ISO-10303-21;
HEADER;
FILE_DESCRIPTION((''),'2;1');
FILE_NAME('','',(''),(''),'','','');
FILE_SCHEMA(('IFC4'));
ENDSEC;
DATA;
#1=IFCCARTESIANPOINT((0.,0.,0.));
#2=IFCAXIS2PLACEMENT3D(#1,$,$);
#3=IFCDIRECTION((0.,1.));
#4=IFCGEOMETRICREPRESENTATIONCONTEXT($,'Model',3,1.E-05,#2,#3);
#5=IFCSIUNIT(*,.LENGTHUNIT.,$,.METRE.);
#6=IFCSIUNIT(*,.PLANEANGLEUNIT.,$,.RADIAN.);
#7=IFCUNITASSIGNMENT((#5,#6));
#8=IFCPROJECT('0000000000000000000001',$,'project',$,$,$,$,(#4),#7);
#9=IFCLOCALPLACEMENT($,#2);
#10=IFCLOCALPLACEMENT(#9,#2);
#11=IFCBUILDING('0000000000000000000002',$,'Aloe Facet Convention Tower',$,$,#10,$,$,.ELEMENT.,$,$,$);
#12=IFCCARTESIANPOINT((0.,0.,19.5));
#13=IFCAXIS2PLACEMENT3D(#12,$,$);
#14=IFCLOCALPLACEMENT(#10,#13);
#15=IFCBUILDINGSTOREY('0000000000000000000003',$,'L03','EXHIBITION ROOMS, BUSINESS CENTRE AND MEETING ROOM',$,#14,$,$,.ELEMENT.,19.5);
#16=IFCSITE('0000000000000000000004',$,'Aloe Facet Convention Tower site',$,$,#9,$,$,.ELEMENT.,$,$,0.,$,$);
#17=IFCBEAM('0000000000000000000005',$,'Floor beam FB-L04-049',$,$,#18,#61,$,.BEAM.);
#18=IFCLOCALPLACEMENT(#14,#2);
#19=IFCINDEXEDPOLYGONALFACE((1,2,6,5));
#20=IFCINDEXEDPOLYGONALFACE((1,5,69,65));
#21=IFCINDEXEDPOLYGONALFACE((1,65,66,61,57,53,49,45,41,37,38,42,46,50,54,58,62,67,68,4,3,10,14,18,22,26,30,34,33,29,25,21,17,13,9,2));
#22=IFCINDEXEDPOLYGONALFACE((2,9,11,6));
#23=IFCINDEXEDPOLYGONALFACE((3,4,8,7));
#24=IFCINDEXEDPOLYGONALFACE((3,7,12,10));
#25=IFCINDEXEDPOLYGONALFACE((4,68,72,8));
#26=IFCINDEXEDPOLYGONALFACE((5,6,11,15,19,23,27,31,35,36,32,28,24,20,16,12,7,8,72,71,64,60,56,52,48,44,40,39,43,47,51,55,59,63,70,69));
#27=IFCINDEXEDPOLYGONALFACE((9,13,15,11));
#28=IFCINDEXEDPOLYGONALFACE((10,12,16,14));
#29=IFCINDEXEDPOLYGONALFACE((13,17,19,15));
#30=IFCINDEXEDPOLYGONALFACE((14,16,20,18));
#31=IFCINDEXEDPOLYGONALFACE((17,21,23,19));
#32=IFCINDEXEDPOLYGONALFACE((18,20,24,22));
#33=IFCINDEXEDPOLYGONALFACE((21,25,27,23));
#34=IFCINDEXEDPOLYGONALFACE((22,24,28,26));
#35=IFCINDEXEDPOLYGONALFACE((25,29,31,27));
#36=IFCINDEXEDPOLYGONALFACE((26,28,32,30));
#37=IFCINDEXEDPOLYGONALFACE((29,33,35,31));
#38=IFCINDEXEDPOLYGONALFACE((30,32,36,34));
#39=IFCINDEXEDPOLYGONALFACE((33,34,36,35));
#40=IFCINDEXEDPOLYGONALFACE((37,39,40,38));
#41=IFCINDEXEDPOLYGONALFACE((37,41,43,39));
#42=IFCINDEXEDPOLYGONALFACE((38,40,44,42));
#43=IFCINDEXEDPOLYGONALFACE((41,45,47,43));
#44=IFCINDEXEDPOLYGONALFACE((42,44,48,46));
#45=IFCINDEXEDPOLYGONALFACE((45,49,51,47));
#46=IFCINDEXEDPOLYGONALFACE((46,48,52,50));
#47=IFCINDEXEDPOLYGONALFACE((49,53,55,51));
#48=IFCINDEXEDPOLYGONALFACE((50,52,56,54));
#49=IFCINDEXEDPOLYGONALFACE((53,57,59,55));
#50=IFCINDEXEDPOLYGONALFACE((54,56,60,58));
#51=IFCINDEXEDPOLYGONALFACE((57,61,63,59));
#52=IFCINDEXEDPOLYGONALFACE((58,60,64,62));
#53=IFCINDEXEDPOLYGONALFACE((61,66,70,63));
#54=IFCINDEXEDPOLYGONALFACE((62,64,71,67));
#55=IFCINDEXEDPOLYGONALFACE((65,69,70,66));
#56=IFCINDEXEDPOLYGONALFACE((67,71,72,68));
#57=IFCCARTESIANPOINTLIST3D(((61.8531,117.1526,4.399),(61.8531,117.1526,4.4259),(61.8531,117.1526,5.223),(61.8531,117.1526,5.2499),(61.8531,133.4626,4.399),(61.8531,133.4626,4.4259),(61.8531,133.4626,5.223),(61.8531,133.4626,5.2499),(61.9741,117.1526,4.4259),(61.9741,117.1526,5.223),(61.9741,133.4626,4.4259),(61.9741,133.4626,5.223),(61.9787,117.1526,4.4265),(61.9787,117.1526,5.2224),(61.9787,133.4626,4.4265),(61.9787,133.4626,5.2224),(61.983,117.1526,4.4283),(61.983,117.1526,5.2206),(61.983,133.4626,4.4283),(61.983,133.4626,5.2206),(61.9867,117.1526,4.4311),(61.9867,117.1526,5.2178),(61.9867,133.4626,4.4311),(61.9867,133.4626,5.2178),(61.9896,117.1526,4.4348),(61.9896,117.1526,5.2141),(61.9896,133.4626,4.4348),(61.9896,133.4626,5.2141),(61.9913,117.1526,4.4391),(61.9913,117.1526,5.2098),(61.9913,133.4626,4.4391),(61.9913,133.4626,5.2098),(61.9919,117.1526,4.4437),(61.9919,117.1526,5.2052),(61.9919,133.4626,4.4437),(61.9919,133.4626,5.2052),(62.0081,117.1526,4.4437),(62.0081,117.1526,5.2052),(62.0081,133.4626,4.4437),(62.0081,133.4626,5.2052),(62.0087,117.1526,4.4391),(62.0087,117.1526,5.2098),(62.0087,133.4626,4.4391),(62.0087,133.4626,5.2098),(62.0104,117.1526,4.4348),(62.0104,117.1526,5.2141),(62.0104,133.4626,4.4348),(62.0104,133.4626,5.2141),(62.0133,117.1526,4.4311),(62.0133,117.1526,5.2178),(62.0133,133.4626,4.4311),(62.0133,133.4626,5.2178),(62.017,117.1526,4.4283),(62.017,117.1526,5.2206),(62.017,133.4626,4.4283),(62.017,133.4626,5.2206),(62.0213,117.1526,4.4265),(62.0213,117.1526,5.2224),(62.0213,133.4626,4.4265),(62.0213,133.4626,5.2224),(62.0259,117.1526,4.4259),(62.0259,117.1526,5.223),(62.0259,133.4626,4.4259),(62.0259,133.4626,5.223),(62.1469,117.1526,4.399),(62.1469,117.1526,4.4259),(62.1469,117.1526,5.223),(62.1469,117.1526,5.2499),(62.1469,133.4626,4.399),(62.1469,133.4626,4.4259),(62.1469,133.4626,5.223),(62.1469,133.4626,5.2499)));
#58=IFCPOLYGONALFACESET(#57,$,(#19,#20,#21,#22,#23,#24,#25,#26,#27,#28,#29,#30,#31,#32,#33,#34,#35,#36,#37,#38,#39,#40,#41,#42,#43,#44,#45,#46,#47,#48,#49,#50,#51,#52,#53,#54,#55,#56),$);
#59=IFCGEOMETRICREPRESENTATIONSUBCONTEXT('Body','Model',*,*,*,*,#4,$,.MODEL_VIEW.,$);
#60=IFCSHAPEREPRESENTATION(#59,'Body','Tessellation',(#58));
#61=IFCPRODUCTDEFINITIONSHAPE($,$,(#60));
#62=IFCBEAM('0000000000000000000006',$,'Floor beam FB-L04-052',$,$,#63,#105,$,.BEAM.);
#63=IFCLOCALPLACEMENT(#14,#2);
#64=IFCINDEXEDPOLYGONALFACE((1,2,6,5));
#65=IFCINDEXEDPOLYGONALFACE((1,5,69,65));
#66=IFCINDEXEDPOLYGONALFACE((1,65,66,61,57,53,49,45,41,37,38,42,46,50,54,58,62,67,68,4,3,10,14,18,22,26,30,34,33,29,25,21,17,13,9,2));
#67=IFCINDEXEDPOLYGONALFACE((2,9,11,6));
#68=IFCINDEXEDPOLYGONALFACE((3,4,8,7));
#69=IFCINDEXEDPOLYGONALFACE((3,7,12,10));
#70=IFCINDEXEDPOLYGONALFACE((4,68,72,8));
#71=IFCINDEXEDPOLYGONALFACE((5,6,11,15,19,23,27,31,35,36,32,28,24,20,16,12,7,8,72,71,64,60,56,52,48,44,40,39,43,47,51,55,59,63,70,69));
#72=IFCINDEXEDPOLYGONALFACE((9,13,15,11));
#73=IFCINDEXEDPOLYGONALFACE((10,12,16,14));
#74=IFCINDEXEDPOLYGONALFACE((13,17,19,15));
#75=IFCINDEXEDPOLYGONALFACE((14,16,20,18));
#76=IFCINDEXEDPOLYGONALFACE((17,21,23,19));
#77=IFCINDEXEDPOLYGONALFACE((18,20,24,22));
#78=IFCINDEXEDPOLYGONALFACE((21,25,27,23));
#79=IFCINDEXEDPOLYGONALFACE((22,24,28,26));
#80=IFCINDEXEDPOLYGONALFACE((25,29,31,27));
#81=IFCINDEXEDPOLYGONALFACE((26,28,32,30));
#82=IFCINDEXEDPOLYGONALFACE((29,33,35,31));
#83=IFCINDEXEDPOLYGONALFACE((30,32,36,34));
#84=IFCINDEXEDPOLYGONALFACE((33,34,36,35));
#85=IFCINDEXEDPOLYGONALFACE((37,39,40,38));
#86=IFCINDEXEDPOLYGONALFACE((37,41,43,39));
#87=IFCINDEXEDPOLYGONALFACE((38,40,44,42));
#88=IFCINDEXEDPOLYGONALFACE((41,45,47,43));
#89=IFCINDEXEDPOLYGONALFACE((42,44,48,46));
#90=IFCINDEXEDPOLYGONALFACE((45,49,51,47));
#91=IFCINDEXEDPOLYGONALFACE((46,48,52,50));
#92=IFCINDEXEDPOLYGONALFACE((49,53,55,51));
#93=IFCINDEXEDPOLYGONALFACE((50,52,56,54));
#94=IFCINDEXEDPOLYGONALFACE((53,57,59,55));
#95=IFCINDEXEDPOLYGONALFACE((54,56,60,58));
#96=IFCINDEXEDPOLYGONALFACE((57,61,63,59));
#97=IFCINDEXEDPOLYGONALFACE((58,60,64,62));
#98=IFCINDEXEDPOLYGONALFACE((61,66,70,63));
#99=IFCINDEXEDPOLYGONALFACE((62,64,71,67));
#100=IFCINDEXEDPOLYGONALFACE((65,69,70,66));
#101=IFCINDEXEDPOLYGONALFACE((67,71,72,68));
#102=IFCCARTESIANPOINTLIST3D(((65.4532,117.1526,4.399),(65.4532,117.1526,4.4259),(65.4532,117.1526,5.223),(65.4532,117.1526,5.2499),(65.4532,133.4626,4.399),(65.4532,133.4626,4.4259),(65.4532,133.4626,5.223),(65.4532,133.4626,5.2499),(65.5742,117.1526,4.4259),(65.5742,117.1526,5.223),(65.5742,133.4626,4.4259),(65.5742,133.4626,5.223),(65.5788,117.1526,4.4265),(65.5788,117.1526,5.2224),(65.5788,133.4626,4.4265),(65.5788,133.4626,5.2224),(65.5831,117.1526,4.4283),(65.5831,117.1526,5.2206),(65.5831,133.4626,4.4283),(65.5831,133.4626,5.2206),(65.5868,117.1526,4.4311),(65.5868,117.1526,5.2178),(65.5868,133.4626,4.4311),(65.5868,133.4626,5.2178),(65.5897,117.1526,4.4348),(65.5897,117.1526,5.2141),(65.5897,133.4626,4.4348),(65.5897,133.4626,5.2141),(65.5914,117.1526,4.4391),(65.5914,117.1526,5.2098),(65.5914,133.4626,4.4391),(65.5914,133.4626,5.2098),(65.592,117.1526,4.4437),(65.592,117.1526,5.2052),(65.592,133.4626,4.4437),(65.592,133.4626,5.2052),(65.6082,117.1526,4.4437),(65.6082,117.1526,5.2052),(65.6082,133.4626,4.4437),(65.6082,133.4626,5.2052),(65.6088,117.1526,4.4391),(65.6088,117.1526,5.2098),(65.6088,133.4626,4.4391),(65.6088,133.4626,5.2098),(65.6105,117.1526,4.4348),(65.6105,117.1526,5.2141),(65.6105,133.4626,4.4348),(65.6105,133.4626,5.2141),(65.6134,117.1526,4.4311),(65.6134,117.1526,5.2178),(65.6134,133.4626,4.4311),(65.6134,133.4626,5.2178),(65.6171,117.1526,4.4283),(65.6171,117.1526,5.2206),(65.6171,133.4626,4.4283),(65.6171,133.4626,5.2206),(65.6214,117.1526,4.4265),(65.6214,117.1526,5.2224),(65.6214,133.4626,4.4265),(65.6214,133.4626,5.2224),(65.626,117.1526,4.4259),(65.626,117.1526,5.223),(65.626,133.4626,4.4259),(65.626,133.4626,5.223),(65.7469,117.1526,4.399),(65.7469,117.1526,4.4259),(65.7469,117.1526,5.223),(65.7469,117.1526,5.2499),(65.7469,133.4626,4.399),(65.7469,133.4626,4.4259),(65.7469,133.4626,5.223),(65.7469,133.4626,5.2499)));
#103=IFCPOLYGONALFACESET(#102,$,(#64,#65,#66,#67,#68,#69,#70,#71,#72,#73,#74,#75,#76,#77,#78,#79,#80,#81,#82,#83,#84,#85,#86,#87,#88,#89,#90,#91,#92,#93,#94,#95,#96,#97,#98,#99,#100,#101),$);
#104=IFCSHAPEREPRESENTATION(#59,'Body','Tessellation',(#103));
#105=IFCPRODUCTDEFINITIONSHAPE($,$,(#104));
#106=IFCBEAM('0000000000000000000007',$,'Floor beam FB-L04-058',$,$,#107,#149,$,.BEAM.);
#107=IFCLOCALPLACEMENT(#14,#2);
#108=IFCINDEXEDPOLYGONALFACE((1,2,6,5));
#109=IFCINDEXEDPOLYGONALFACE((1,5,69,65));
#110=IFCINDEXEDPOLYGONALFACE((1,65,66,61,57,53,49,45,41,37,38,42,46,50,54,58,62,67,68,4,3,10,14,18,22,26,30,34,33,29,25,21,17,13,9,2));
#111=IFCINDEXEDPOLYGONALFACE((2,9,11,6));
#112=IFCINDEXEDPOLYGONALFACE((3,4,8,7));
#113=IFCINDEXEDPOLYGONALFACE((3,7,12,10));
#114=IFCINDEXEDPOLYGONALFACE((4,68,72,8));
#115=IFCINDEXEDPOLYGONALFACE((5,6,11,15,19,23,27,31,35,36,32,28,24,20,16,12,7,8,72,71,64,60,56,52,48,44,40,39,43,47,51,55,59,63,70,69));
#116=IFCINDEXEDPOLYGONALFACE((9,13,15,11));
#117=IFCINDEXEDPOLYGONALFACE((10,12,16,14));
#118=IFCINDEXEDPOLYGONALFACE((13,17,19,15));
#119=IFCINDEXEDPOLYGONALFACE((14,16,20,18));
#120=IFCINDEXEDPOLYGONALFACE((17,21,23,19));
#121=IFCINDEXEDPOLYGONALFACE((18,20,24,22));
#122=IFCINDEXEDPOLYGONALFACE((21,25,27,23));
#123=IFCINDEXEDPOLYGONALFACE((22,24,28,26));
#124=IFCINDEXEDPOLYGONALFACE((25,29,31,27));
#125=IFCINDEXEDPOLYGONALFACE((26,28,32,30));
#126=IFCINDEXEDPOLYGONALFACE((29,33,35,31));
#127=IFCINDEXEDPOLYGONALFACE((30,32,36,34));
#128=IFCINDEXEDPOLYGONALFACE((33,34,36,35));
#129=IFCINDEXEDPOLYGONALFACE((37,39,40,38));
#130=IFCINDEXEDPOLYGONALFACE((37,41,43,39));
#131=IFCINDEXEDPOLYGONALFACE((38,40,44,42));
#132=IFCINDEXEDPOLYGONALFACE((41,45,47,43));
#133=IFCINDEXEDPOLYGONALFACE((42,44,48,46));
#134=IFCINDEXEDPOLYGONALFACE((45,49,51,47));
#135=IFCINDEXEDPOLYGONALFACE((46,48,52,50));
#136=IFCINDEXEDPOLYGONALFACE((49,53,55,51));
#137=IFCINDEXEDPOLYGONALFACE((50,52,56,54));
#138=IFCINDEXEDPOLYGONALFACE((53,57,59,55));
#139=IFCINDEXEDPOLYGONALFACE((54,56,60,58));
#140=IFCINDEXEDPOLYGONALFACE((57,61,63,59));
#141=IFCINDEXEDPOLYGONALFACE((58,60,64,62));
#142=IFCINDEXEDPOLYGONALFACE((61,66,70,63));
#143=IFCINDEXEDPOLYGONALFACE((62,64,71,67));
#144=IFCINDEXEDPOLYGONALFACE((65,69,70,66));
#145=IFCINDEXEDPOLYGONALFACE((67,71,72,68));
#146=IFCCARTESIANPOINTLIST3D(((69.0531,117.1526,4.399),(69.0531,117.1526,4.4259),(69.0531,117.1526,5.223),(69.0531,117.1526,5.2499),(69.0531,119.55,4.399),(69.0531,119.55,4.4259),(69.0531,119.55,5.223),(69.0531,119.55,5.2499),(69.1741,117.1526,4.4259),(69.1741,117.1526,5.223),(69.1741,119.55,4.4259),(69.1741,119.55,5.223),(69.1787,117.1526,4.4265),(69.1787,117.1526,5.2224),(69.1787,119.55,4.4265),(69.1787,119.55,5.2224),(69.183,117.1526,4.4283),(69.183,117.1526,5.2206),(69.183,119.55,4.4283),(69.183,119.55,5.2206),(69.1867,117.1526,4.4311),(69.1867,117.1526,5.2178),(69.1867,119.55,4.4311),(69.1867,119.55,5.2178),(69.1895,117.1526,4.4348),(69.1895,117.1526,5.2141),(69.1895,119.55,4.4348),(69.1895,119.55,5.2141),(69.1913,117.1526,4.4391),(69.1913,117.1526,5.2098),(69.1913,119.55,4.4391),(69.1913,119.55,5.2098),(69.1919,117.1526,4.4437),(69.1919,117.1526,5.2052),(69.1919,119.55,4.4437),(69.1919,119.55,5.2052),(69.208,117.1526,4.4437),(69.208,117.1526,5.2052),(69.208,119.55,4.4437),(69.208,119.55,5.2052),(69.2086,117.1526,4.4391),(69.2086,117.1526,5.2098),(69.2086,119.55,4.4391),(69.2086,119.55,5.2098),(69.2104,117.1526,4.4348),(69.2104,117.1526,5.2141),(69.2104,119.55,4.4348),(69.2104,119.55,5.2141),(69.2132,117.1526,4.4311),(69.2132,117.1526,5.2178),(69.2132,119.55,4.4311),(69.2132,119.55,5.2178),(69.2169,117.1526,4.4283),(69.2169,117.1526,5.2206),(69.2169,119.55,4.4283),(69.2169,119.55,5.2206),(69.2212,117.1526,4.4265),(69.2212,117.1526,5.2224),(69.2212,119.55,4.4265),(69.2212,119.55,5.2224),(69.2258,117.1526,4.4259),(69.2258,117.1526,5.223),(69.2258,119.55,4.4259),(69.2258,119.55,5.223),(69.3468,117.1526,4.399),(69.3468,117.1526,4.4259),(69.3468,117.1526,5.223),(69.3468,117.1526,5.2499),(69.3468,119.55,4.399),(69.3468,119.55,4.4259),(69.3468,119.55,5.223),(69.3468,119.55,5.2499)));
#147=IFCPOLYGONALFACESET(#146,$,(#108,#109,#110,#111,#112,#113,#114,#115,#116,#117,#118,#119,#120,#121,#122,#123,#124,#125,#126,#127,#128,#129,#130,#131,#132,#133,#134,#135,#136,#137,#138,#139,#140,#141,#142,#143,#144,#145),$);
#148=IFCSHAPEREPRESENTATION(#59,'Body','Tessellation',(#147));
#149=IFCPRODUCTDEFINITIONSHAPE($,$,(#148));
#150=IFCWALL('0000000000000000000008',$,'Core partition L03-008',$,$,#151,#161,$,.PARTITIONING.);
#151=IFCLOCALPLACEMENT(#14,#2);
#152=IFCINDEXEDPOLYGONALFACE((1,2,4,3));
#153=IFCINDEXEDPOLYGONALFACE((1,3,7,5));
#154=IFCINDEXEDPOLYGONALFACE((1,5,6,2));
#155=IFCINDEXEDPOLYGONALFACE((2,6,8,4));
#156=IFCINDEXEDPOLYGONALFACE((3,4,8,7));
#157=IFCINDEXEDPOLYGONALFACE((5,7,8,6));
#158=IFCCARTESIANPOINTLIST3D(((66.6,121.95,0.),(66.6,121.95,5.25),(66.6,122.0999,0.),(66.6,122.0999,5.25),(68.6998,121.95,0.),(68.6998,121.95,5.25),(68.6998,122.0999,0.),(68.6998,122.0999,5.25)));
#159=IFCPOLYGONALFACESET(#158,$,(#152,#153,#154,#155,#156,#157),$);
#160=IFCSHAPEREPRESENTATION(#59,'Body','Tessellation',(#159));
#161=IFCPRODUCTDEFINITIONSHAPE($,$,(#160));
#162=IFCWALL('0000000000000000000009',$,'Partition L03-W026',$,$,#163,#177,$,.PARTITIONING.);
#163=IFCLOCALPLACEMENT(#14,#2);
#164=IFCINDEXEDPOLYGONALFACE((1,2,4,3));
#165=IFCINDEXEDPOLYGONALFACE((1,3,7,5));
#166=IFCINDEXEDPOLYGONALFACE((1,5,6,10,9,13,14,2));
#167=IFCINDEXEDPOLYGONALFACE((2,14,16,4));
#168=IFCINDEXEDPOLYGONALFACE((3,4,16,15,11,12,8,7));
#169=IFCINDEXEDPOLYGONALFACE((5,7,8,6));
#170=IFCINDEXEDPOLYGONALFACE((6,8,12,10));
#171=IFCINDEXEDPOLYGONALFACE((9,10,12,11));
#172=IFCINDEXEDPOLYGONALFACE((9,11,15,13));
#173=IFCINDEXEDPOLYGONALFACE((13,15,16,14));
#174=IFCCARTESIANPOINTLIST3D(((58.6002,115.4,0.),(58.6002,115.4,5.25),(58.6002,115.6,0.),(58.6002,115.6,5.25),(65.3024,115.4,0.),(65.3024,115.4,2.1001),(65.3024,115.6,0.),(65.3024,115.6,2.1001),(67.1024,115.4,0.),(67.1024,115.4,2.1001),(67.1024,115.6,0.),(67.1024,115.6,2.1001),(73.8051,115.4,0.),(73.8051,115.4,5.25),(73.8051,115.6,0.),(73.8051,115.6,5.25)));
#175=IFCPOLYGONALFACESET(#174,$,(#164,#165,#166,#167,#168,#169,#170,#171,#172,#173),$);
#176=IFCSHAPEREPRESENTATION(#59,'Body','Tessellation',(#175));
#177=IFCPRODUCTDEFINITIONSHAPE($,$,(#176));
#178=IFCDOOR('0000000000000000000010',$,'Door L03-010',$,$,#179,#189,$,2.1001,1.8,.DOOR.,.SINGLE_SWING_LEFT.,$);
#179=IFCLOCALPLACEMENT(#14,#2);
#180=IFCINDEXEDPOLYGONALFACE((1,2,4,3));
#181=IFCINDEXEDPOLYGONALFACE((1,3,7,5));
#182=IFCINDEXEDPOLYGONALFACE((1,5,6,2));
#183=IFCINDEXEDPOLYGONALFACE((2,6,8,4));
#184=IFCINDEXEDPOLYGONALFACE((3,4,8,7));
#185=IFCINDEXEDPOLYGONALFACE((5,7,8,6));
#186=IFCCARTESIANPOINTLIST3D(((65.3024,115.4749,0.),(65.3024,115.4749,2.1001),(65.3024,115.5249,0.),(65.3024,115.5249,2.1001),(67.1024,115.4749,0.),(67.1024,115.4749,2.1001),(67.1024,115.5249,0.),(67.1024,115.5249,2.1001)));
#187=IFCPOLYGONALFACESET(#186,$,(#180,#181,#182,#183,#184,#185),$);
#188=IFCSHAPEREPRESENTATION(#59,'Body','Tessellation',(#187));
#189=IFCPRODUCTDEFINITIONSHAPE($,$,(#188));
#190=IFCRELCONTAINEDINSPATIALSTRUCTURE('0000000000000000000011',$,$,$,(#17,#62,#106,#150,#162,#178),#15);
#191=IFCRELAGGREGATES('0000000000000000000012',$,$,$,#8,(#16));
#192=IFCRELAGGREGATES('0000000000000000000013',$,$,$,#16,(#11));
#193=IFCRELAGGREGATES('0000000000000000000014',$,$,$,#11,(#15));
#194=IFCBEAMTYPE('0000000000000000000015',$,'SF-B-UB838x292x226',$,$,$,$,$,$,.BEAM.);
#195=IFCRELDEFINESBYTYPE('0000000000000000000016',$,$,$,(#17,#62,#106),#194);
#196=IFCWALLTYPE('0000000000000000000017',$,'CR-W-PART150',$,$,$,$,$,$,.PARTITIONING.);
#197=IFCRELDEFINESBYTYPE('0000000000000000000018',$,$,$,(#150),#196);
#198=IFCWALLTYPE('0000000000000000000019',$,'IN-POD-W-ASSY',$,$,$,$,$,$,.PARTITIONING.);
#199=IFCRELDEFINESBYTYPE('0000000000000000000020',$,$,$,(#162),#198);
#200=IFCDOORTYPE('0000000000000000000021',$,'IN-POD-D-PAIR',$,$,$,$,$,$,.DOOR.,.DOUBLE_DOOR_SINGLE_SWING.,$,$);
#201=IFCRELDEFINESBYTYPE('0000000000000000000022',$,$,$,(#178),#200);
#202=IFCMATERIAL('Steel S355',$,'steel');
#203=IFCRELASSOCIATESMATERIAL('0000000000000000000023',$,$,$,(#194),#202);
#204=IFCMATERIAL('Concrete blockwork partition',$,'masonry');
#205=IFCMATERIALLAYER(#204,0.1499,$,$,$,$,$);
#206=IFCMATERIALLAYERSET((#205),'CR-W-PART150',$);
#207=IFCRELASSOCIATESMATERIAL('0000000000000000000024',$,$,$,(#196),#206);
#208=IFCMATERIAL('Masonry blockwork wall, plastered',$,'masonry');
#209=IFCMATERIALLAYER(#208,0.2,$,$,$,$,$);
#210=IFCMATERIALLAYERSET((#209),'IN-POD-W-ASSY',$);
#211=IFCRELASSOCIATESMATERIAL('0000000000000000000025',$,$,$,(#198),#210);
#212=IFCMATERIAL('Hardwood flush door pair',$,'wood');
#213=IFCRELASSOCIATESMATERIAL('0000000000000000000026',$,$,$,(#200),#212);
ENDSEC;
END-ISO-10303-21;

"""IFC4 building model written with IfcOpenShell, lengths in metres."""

from ifc_helpers import new_model, si_unit, direction, frame, frame_2d, origin, origin_2d, place, context, subcontext, project, spatial, rectangle, i_section, extrude, material, layer, layer_set, material_profile, profile_set, type_object, element, fill, save


model = new_model("IFC4")

# Units and contexts
model_context = context("Model", 3, precision=1e-05, world=origin(), true_north=direction((0.0, 1.0)))
body_context = subcontext(model_context, "Body", "Model", "MODEL_VIEW")
ifc_project = project(units=[si_unit("LENGTHUNIT", "METRE"), si_unit("PLANEANGLEUNIT", "RADIAN")], contexts=[model_context])

# Site, building, storey
site_placement = place(None, origin())
site = spatial("IfcSite", under=ifc_project, at=site_placement, Name="Aloe Facet Convention Tower site", CompositionType="ELEMENT", RefElevation=0.0)
building_placement = place(site_placement, origin())
building = spatial("IfcBuilding", under=site, at=building_placement, Name="Aloe Facet Convention Tower", CompositionType="ELEMENT")
storey_placement = place(building_placement, frame((0.0, 0.0, 19.5)))
storey = spatial("IfcBuildingStorey", under=building, at=storey_placement, Name="L03", Description="EXHIBITION ROOMS, BUSINESS CENTRE AND MEETING ROOM", CompositionType="ELEMENT", Elevation=19.5)

# Beams
ifc_material_1 = material(Name="Steel S355", Category="steel")
ifc_material_profile_1 = material_profile(ifc_material_1, i_section(OverallWidth=0.2937, OverallDepth=0.8508, WebThickness=0.0161, FlangeThickness=0.0269, FilletRadius=0.0178, at=origin_2d()), Name="UB 838x292x226")
ifc_profile_set_1 = profile_set([ifc_material_profile_1], Name="Steel S355")
beam_type_1 = type_object("IfcBeamType", Name="SF-B-UB838x292x226", PredefinedType="BEAM", material=ifc_profile_set_1)
for number, where, z_axis, x_axis, name in (
    (1, (62.0, 117.1526, 4.8245), (0.0, 1.0, 0.0), (-1.0, 0.0, 0.0), "Floor beam FB-L04-049"),
    (2, (65.6001, 117.1526, 4.8245), (0.0, 1.0, 0.0), (-1.0, 0.0, 0.0), "Floor beam FB-L04-052"),
):
    element("IfcBeam", number, at=place(storey_placement, frame(where, z_axis=z_axis, x_axis=x_axis)), inside=storey, type_object=beam_type_1, Name=name, PredefinedType="BEAM", context=body_context, shape_type="SweptSolid", body=[
        extrude(i_section(OverallWidth=0.2937, OverallDepth=0.8508, WebThickness=0.0161, FlangeThickness=0.0269, FilletRadius=0.0178, at=origin_2d()), origin(), (0.0, 0.0, 1.0), 16.3101),
    ])
beam_1_placement = place(storey_placement, frame((69.2, 117.1526, 4.8245), z_axis=(0.0, 1.0, 0.0), x_axis=(-1.0, 0.0, 0.0)))
element("IfcBeam", 3, at=beam_1_placement, inside=storey, type_object=beam_type_1, Name="Floor beam FB-L04-058", PredefinedType="BEAM", context=body_context, shape_type="SweptSolid", body=[
    extrude(i_section(OverallWidth=0.2937, OverallDepth=0.8508, WebThickness=0.0161, FlangeThickness=0.0269, FilletRadius=0.0178, at=origin_2d()), origin(), (0.0, 0.0, 1.0), 2.3975),
])

# Wall
ifc_material_2 = material(Name="Concrete blockwork partition", Category="masonry")
ifc_layer_1 = layer(ifc_material_2, 0.1499)
ifc_layer_set_1 = layer_set([ifc_layer_1], Name="CR-W-PART150")
wall_type_1 = type_object("IfcWallType", Name="CR-W-PART150", PredefinedType="PARTITIONING", material=ifc_layer_set_1)
wall_1_placement = place(storey_placement, frame((66.6001, 122.0249, 0.0), z_axis=(0.0, 0.0, 1.0), x_axis=(1.0, 0.0, 0.0)))
element("IfcWall", 4, at=wall_1_placement, inside=storey, type_object=wall_type_1, Name="Core partition L03-008", PredefinedType="PARTITIONING", context=body_context, shape_type="SweptSolid", body=[
    extrude(rectangle(XDim=2.0999, YDim=0.1499, at=frame_2d((1.0498, 0.0))), origin(), (0.0, 0.0, 1.0), 5.25),
])

# Wall, opening, door
ifc_material_3 = material(Name="Masonry blockwork wall, plastered", Category="masonry")
ifc_layer_2 = layer(ifc_material_3, 0.2)
ifc_layer_set_2 = layer_set([ifc_layer_2], Name="IN-POD-W-ASSY")
wall_type_2 = type_object("IfcWallType", Name="IN-POD-W-ASSY", PredefinedType="PARTITIONING", material=ifc_layer_set_2)
wall_2_placement = place(storey_placement, frame((58.6001, 115.5, 0.0), z_axis=(0.0, 0.0, 1.0), x_axis=(1.0, 0.0, 0.0)))
wall_2 = element("IfcWall", 5, at=wall_2_placement, inside=storey, type_object=wall_type_2, Name="Partition L03-W026", PredefinedType="PARTITIONING", context=body_context, shape_type="SweptSolid", body=[
    extrude(rectangle(XDim=15.2048, YDim=0.2, at=frame_2d((7.6025, 0.0))), origin(), (0.0, 0.0, 1.0), 5.25),
])
opening_1_placement = place(wall_2_placement, frame((6.7024, 0.0, 0.0)))
opening_1 = element("IfcOpeningElement", 6, at=opening_1_placement, cuts=wall_2, PredefinedType="OPENING", context=body_context, shape_type="SweptSolid", body=[
    extrude(rectangle(XDim=1.8, YDim=2.1001, at=frame_2d((0.8999, 1.05))), frame((0.0, 0.1099, 0.0), z_axis=(0.0, -1.0, 0.0), x_axis=(1.0, 0.0, 0.0)), (0.0, 0.0, 1.0), 0.22),
])
ifc_material_4 = material(Name="Hardwood flush door pair", Category="wood")
door_type_1 = type_object("IfcDoorType", Name="IN-POD-D-PAIR", OperationType="DOUBLE_DOOR_SINGLE_SWING", PredefinedType="DOOR", material=ifc_material_4)
door_1_placement = place(opening_1_placement, origin())
door_1 = element("IfcDoor", 7, at=door_1_placement, inside=storey, type_object=door_type_1, Name="Door L03-010", OperationType="SINGLE_SWING_LEFT", OverallHeight=2.1001, OverallWidth=1.8, PredefinedType="DOOR", context=body_context, shape_type="SweptSolid", body=[
    extrude(rectangle(XDim=1.8, YDim=2.1001, at=frame_2d((0.8999, 1.05))), frame((0.0, 0.0249, 0.0), z_axis=(0.0, -1.0, 0.0), x_axis=(1.0, 0.0, 0.0)), (0.0, 0.0, 1.0), 0.05),
])
fill(opening_1, door_1)

save(model, "model.ifc")
